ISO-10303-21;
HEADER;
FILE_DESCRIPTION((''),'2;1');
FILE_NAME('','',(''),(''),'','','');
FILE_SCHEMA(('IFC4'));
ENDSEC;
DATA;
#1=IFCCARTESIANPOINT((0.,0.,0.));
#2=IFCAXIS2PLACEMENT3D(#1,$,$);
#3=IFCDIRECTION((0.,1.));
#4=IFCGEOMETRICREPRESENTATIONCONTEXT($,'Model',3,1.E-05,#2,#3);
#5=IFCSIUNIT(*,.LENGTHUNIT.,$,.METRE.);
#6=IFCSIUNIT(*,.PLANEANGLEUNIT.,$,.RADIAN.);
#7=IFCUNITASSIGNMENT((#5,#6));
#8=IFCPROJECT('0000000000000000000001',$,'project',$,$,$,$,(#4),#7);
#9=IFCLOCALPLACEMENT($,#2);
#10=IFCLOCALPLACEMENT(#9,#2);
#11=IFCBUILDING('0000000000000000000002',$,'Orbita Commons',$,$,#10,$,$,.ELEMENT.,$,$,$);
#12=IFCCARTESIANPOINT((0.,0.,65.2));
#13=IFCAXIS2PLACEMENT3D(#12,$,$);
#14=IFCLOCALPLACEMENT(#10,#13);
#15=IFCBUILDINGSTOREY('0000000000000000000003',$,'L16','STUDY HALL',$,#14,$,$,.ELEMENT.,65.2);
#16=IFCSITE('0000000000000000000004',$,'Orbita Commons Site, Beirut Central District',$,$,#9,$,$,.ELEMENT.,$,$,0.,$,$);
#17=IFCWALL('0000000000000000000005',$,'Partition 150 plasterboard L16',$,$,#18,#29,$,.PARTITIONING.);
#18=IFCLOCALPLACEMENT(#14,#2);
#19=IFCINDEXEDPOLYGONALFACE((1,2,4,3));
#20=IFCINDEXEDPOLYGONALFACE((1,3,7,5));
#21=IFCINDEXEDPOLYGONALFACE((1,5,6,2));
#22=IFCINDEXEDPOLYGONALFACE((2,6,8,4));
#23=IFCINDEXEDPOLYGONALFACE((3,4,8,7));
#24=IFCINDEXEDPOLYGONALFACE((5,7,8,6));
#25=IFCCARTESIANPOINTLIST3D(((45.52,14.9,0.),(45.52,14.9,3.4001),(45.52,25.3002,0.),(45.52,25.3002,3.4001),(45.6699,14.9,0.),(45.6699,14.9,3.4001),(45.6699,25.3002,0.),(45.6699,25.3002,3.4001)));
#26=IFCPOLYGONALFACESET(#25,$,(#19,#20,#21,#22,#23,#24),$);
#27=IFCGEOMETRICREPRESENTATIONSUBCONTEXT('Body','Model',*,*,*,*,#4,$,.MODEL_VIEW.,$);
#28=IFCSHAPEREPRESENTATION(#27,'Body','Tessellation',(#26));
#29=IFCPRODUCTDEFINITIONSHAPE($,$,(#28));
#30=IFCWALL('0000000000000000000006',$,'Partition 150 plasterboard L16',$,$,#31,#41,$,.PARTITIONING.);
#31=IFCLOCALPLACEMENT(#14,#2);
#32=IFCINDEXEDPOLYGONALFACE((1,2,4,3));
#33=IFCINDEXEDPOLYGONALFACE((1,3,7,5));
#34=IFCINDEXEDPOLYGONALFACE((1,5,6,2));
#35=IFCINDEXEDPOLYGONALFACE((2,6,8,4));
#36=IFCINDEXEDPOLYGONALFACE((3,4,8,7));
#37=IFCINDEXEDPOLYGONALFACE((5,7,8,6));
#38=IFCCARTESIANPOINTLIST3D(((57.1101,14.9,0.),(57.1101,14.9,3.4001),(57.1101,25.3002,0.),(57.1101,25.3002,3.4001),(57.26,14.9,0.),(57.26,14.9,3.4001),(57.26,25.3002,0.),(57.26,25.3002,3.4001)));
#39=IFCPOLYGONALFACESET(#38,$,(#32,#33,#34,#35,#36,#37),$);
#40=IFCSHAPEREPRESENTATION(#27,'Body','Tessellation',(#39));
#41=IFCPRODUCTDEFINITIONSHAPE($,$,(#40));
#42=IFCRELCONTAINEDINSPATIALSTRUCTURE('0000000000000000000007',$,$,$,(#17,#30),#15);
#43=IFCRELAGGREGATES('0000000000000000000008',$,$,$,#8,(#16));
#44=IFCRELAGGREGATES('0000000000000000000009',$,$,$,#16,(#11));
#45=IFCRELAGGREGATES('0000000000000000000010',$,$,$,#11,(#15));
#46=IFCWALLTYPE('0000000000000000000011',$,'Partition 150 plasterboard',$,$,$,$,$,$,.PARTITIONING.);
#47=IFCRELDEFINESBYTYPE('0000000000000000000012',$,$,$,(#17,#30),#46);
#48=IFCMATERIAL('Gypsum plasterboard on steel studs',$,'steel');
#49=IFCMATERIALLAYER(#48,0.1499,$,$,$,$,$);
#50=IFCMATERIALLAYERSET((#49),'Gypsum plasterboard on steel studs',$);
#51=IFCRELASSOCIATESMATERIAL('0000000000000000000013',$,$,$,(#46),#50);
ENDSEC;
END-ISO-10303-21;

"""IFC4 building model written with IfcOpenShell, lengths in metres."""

from ifc_helpers import new_model, si_unit, direction, frame, frame_2d, origin, place, context, subcontext, project, spatial, rectangle, extrude, material, layer, layer_set, type_object, element, save


model = new_model("IFC4")

# Units and contexts
model_context = context("Model", 3, precision=1e-05, world=origin(), true_north=direction((0.0, 1.0)))
body_context = subcontext(model_context, "Body", "Model", "MODEL_VIEW")
ifc_project = project(units=[si_unit("LENGTHUNIT", "METRE"), si_unit("PLANEANGLEUNIT", "RADIAN")], contexts=[model_context])

# Site, building, storey
site_placement = place(None, origin())
site = spatial("IfcSite", under=ifc_project, at=site_placement, Name="Orbita Commons Site, Beirut Central District", CompositionType="ELEMENT", RefElevation=0.0)
building_placement = place(site_placement, origin())
building = spatial("IfcBuilding", under=site, at=building_placement, Name="Orbita Commons", CompositionType="ELEMENT")
storey_placement = place(building_placement, frame((0.0, 0.0, 65.2)))
storey = spatial("IfcBuildingStorey", under=building, at=storey_placement, Name="L16", Description="STUDY HALL", CompositionType="ELEMENT", Elevation=65.2)

# Walls
ifc_material_1 = material(Name="Gypsum plasterboard on steel studs", Category="steel")
ifc_layer_1 = layer(ifc_material_1, 0.1499)
ifc_layer_set_1 = layer_set([ifc_layer_1], Name="Gypsum plasterboard on steel studs")
wall_type_1 = type_object("IfcWallType", Name="Partition 150 plasterboard", PredefinedType="PARTITIONING", material=ifc_layer_set_1)
for number, where, z_axis, x_axis, name in (
    (1, (45.595, 14.8999, 0.0), (0.0, 0.0, 1.0), (0.0, 1.0, 0.0), "Partition 150 plasterboard L16"),
    (2, (57.1851, 14.8999, 0.0), (0.0, 0.0, 1.0), (0.0, 1.0, 0.0), "Partition 150 plasterboard L16"),
):
    element("IfcWall", number, at=place(storey_placement, frame(where, z_axis=z_axis, x_axis=x_axis)), inside=storey, type_object=wall_type_1, Name=name, PredefinedType="PARTITIONING", context=body_context, shape_type="SweptSolid", body=[
        extrude(rectangle(XDim=10.4001, YDim=0.1499, at=frame_2d((5.2002, 0.0))), origin(), (0.0, 0.0, 1.0), 3.4001),
    ])

save(model, "model.ifc")
